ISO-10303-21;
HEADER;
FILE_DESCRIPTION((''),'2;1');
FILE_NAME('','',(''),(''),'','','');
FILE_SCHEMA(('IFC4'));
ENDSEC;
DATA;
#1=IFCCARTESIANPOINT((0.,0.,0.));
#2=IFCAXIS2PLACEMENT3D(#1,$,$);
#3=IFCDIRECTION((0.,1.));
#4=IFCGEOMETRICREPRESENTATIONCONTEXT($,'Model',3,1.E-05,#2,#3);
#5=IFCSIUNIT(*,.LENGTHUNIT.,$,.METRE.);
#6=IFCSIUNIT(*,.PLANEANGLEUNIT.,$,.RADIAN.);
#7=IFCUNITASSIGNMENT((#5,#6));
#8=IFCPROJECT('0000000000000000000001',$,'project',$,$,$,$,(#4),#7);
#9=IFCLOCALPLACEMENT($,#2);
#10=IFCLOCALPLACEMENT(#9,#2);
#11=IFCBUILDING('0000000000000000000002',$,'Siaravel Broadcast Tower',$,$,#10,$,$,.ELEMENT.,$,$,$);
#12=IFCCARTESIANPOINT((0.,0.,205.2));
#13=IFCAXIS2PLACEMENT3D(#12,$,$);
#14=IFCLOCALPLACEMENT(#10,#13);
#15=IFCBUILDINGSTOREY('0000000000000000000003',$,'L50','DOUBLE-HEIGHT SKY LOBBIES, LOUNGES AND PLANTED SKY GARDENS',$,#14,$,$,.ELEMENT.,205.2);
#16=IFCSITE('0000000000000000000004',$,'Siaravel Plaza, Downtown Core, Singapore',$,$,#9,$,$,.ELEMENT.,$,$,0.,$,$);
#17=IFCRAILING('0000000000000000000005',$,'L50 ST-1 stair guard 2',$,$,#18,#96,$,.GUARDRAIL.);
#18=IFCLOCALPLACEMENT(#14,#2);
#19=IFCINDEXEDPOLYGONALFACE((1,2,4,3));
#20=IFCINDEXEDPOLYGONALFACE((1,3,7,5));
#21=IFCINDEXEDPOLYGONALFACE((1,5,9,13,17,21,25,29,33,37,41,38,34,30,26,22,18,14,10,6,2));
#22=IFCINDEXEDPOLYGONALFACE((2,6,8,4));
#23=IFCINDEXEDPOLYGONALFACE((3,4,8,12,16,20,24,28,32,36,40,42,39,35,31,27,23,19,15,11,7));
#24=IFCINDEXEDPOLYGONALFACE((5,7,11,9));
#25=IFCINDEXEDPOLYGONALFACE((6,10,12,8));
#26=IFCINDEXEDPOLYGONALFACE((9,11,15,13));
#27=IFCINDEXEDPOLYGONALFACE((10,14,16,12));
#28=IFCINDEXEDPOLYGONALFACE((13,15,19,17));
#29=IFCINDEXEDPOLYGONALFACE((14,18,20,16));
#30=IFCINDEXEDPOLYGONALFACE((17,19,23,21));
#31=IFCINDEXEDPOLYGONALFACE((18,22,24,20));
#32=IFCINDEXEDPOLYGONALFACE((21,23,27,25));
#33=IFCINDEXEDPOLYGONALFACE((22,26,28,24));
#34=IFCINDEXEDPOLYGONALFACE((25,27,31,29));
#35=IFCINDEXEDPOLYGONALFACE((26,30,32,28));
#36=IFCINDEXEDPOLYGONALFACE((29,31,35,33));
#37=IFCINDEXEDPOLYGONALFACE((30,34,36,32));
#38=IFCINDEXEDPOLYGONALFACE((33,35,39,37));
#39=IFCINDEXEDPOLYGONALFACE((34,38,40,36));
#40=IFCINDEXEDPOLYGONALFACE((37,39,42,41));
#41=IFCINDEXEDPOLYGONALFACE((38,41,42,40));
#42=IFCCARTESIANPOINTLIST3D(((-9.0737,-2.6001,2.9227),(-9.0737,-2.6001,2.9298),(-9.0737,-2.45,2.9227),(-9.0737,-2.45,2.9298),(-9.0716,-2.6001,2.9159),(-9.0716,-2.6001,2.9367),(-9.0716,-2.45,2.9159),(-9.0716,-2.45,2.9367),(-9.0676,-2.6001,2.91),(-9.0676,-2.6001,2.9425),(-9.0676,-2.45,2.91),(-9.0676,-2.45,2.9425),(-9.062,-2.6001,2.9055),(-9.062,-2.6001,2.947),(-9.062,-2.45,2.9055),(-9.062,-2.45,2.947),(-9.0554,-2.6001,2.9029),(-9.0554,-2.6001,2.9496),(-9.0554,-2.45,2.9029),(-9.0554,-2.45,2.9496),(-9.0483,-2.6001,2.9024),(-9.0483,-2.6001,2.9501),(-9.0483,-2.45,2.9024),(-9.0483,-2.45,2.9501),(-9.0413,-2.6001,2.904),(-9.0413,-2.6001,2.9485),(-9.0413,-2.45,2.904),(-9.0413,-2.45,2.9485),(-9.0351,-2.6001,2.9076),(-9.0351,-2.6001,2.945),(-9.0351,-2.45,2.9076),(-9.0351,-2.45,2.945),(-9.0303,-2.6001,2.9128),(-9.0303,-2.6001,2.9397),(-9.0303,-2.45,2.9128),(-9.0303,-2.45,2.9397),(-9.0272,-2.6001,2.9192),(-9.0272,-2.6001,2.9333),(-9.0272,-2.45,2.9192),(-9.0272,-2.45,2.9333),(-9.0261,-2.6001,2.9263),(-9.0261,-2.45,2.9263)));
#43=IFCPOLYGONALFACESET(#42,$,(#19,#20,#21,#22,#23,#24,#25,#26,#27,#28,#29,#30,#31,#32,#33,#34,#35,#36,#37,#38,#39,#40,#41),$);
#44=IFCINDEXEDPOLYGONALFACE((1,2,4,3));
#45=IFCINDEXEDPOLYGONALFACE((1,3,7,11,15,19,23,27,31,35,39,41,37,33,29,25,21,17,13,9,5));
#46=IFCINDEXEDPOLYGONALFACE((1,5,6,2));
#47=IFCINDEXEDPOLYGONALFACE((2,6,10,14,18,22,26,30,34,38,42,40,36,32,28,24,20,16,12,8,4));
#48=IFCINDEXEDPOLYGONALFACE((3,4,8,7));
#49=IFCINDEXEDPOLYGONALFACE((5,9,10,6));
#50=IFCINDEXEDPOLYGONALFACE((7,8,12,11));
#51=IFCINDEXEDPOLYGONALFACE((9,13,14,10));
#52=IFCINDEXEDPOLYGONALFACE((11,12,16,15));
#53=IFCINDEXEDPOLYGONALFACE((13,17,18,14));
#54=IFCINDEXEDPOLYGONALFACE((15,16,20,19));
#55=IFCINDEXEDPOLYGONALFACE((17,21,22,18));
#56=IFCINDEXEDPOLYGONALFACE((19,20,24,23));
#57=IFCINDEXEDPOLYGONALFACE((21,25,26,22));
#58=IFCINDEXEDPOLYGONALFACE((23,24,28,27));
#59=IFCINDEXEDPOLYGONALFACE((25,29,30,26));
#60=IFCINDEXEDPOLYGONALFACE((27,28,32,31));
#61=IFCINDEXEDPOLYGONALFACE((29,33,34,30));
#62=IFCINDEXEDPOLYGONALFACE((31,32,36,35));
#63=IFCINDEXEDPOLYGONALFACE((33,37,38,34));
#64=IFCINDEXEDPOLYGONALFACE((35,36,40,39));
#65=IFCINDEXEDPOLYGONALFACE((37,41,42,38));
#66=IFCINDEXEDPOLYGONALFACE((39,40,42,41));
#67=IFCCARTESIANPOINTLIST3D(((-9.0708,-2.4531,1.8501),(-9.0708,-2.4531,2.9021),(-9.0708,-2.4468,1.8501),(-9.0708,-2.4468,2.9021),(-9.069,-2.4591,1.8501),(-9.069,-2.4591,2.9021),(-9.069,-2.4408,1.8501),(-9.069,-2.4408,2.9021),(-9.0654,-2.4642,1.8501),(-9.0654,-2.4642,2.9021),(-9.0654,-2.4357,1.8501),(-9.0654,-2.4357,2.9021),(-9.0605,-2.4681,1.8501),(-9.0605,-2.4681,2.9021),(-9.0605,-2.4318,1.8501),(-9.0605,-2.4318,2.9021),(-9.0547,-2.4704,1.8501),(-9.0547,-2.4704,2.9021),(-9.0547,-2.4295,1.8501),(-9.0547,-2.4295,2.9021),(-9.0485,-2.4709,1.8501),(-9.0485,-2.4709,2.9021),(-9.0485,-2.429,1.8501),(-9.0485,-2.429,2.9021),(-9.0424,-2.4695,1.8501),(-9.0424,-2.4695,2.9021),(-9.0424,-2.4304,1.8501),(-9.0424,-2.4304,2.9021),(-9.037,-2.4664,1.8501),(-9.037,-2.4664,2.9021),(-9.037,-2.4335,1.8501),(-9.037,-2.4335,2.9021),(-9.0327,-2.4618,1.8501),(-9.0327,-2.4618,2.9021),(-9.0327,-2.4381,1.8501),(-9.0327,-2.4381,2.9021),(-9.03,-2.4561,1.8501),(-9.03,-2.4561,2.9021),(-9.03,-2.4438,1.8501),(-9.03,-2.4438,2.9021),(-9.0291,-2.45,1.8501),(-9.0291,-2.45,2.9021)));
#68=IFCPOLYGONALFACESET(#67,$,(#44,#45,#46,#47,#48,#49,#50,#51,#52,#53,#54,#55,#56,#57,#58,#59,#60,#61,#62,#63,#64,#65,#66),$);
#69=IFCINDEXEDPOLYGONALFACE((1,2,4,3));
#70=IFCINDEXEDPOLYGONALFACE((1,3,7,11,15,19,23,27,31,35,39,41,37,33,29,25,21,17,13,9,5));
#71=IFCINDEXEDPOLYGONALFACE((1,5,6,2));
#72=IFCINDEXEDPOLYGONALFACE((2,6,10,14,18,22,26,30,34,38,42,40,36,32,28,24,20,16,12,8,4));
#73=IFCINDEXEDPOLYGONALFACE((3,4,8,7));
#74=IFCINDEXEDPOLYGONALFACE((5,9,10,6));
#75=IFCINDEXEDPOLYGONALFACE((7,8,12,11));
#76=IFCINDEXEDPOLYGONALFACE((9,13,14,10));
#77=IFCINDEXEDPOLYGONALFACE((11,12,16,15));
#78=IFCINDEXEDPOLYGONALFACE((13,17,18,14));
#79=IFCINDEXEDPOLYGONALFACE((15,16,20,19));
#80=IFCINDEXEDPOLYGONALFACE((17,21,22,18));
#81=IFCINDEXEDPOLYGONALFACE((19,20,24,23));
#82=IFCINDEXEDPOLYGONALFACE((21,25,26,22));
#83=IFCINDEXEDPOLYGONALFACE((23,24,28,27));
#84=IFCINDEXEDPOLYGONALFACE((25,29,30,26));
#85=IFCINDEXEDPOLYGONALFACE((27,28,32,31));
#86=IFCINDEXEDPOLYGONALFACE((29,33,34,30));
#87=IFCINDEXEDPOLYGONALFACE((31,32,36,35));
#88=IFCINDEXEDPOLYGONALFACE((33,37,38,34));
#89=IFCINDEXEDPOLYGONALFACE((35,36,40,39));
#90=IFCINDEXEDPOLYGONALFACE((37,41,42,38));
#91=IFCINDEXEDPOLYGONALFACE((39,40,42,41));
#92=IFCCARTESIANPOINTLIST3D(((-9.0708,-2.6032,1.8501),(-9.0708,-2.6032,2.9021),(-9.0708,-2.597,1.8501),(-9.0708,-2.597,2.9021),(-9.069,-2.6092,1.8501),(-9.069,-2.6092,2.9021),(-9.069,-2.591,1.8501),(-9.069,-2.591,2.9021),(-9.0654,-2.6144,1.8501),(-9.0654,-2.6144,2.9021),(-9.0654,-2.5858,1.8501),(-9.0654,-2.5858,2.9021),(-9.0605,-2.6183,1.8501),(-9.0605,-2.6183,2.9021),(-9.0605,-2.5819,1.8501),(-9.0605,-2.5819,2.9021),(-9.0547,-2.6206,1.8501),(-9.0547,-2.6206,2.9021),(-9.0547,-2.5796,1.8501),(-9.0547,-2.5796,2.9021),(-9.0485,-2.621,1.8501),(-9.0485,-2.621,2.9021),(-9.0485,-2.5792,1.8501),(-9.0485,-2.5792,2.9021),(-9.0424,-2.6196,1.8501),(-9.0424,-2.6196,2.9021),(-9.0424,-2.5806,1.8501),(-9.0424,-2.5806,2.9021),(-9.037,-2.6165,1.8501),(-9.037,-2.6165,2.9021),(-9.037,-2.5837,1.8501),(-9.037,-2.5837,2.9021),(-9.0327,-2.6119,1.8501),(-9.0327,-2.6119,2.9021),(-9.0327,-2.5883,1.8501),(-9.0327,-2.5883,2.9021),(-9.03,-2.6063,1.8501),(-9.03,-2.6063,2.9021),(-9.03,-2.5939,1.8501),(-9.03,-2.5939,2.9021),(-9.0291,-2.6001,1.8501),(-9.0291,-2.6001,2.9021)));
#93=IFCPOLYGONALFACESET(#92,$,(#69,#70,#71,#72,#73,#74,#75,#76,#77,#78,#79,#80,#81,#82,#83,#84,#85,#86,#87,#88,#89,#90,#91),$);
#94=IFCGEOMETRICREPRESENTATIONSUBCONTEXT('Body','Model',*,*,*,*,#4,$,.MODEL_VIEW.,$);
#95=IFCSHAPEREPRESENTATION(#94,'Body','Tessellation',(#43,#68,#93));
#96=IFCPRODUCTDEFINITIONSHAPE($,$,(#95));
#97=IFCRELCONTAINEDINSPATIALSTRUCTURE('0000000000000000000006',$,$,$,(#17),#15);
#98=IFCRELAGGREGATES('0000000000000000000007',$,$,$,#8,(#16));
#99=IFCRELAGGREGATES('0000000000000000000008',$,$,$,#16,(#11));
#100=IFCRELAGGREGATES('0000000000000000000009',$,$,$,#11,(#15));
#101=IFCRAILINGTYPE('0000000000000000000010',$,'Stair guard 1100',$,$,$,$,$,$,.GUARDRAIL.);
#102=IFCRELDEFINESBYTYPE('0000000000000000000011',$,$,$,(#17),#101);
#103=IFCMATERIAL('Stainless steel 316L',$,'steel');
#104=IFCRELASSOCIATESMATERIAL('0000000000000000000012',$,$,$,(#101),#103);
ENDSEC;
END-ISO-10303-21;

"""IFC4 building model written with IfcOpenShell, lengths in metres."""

from ifc_helpers import new_model, si_unit, direction, frame, origin, origin_2d, place, context, subcontext, project, spatial, circle, extrude, material, type_object, element, save


model = new_model("IFC4")

# Units and contexts
model_context = context("Model", 3, precision=1e-05, world=origin(), true_north=direction((0.0, 1.0)))
body_context = subcontext(model_context, "Body", "Model", "MODEL_VIEW")
ifc_project = project(units=[si_unit("LENGTHUNIT", "METRE"), si_unit("PLANEANGLEUNIT", "RADIAN")], contexts=[model_context])

# Site, building, storey
site_placement = place(None, origin())
site = spatial("IfcSite", under=ifc_project, at=site_placement, Name="Siaravel Plaza, Downtown Core, Singapore", CompositionType="ELEMENT", RefElevation=0.0)
building_placement = place(site_placement, origin())
building = spatial("IfcBuilding", under=site, at=building_placement, Name="Siaravel Broadcast Tower", CompositionType="ELEMENT")
storey_placement = place(building_placement, frame((0.0, 0.0, 205.2)))
storey = spatial("IfcBuildingStorey", under=building, at=storey_placement, Name="L50", Description="DOUBLE-HEIGHT SKY LOBBIES, LOUNGES AND PLANTED SKY GARDENS", CompositionType="ELEMENT", Elevation=205.2)

# Shared definitions
ifc_material_1 = material(Name="Stainless steel 316L", Category="steel")

# Railing
railing_type_1 = type_object("IfcRailingType", Name="Stair guard 1100", PredefinedType="GUARDRAIL", material=ifc_material_1)
railing_1_placement = place(storey_placement, frame((-9.05, -2.45, 1.8501)))
element("IfcRailing", 1, at=railing_1_placement, inside=storey, type_object=railing_type_1, Name="L50 ST-1 stair guard 2", PredefinedType="GUARDRAIL", context=body_context, shape_type="SweptSolid", body=[
    extrude(circle(Radius=0.0239, at=origin_2d()), frame((0.0, 0.0, 1.0762), z_axis=(0.0, -1.0, 0.0), x_axis=(1.0, 0.0, 0.0)), (0.0, 0.0, 1.0), 0.1501),
    extrude(circle(Radius=0.021, at=origin_2d()), origin(), (0.0, 0.0, 1.0), 1.052),
    extrude(circle(Radius=0.021, at=origin_2d()), frame((0.0, -0.1501, 0.0)), (0.0, 0.0, 1.0), 1.052),
])

save(model, "model.ifc")
